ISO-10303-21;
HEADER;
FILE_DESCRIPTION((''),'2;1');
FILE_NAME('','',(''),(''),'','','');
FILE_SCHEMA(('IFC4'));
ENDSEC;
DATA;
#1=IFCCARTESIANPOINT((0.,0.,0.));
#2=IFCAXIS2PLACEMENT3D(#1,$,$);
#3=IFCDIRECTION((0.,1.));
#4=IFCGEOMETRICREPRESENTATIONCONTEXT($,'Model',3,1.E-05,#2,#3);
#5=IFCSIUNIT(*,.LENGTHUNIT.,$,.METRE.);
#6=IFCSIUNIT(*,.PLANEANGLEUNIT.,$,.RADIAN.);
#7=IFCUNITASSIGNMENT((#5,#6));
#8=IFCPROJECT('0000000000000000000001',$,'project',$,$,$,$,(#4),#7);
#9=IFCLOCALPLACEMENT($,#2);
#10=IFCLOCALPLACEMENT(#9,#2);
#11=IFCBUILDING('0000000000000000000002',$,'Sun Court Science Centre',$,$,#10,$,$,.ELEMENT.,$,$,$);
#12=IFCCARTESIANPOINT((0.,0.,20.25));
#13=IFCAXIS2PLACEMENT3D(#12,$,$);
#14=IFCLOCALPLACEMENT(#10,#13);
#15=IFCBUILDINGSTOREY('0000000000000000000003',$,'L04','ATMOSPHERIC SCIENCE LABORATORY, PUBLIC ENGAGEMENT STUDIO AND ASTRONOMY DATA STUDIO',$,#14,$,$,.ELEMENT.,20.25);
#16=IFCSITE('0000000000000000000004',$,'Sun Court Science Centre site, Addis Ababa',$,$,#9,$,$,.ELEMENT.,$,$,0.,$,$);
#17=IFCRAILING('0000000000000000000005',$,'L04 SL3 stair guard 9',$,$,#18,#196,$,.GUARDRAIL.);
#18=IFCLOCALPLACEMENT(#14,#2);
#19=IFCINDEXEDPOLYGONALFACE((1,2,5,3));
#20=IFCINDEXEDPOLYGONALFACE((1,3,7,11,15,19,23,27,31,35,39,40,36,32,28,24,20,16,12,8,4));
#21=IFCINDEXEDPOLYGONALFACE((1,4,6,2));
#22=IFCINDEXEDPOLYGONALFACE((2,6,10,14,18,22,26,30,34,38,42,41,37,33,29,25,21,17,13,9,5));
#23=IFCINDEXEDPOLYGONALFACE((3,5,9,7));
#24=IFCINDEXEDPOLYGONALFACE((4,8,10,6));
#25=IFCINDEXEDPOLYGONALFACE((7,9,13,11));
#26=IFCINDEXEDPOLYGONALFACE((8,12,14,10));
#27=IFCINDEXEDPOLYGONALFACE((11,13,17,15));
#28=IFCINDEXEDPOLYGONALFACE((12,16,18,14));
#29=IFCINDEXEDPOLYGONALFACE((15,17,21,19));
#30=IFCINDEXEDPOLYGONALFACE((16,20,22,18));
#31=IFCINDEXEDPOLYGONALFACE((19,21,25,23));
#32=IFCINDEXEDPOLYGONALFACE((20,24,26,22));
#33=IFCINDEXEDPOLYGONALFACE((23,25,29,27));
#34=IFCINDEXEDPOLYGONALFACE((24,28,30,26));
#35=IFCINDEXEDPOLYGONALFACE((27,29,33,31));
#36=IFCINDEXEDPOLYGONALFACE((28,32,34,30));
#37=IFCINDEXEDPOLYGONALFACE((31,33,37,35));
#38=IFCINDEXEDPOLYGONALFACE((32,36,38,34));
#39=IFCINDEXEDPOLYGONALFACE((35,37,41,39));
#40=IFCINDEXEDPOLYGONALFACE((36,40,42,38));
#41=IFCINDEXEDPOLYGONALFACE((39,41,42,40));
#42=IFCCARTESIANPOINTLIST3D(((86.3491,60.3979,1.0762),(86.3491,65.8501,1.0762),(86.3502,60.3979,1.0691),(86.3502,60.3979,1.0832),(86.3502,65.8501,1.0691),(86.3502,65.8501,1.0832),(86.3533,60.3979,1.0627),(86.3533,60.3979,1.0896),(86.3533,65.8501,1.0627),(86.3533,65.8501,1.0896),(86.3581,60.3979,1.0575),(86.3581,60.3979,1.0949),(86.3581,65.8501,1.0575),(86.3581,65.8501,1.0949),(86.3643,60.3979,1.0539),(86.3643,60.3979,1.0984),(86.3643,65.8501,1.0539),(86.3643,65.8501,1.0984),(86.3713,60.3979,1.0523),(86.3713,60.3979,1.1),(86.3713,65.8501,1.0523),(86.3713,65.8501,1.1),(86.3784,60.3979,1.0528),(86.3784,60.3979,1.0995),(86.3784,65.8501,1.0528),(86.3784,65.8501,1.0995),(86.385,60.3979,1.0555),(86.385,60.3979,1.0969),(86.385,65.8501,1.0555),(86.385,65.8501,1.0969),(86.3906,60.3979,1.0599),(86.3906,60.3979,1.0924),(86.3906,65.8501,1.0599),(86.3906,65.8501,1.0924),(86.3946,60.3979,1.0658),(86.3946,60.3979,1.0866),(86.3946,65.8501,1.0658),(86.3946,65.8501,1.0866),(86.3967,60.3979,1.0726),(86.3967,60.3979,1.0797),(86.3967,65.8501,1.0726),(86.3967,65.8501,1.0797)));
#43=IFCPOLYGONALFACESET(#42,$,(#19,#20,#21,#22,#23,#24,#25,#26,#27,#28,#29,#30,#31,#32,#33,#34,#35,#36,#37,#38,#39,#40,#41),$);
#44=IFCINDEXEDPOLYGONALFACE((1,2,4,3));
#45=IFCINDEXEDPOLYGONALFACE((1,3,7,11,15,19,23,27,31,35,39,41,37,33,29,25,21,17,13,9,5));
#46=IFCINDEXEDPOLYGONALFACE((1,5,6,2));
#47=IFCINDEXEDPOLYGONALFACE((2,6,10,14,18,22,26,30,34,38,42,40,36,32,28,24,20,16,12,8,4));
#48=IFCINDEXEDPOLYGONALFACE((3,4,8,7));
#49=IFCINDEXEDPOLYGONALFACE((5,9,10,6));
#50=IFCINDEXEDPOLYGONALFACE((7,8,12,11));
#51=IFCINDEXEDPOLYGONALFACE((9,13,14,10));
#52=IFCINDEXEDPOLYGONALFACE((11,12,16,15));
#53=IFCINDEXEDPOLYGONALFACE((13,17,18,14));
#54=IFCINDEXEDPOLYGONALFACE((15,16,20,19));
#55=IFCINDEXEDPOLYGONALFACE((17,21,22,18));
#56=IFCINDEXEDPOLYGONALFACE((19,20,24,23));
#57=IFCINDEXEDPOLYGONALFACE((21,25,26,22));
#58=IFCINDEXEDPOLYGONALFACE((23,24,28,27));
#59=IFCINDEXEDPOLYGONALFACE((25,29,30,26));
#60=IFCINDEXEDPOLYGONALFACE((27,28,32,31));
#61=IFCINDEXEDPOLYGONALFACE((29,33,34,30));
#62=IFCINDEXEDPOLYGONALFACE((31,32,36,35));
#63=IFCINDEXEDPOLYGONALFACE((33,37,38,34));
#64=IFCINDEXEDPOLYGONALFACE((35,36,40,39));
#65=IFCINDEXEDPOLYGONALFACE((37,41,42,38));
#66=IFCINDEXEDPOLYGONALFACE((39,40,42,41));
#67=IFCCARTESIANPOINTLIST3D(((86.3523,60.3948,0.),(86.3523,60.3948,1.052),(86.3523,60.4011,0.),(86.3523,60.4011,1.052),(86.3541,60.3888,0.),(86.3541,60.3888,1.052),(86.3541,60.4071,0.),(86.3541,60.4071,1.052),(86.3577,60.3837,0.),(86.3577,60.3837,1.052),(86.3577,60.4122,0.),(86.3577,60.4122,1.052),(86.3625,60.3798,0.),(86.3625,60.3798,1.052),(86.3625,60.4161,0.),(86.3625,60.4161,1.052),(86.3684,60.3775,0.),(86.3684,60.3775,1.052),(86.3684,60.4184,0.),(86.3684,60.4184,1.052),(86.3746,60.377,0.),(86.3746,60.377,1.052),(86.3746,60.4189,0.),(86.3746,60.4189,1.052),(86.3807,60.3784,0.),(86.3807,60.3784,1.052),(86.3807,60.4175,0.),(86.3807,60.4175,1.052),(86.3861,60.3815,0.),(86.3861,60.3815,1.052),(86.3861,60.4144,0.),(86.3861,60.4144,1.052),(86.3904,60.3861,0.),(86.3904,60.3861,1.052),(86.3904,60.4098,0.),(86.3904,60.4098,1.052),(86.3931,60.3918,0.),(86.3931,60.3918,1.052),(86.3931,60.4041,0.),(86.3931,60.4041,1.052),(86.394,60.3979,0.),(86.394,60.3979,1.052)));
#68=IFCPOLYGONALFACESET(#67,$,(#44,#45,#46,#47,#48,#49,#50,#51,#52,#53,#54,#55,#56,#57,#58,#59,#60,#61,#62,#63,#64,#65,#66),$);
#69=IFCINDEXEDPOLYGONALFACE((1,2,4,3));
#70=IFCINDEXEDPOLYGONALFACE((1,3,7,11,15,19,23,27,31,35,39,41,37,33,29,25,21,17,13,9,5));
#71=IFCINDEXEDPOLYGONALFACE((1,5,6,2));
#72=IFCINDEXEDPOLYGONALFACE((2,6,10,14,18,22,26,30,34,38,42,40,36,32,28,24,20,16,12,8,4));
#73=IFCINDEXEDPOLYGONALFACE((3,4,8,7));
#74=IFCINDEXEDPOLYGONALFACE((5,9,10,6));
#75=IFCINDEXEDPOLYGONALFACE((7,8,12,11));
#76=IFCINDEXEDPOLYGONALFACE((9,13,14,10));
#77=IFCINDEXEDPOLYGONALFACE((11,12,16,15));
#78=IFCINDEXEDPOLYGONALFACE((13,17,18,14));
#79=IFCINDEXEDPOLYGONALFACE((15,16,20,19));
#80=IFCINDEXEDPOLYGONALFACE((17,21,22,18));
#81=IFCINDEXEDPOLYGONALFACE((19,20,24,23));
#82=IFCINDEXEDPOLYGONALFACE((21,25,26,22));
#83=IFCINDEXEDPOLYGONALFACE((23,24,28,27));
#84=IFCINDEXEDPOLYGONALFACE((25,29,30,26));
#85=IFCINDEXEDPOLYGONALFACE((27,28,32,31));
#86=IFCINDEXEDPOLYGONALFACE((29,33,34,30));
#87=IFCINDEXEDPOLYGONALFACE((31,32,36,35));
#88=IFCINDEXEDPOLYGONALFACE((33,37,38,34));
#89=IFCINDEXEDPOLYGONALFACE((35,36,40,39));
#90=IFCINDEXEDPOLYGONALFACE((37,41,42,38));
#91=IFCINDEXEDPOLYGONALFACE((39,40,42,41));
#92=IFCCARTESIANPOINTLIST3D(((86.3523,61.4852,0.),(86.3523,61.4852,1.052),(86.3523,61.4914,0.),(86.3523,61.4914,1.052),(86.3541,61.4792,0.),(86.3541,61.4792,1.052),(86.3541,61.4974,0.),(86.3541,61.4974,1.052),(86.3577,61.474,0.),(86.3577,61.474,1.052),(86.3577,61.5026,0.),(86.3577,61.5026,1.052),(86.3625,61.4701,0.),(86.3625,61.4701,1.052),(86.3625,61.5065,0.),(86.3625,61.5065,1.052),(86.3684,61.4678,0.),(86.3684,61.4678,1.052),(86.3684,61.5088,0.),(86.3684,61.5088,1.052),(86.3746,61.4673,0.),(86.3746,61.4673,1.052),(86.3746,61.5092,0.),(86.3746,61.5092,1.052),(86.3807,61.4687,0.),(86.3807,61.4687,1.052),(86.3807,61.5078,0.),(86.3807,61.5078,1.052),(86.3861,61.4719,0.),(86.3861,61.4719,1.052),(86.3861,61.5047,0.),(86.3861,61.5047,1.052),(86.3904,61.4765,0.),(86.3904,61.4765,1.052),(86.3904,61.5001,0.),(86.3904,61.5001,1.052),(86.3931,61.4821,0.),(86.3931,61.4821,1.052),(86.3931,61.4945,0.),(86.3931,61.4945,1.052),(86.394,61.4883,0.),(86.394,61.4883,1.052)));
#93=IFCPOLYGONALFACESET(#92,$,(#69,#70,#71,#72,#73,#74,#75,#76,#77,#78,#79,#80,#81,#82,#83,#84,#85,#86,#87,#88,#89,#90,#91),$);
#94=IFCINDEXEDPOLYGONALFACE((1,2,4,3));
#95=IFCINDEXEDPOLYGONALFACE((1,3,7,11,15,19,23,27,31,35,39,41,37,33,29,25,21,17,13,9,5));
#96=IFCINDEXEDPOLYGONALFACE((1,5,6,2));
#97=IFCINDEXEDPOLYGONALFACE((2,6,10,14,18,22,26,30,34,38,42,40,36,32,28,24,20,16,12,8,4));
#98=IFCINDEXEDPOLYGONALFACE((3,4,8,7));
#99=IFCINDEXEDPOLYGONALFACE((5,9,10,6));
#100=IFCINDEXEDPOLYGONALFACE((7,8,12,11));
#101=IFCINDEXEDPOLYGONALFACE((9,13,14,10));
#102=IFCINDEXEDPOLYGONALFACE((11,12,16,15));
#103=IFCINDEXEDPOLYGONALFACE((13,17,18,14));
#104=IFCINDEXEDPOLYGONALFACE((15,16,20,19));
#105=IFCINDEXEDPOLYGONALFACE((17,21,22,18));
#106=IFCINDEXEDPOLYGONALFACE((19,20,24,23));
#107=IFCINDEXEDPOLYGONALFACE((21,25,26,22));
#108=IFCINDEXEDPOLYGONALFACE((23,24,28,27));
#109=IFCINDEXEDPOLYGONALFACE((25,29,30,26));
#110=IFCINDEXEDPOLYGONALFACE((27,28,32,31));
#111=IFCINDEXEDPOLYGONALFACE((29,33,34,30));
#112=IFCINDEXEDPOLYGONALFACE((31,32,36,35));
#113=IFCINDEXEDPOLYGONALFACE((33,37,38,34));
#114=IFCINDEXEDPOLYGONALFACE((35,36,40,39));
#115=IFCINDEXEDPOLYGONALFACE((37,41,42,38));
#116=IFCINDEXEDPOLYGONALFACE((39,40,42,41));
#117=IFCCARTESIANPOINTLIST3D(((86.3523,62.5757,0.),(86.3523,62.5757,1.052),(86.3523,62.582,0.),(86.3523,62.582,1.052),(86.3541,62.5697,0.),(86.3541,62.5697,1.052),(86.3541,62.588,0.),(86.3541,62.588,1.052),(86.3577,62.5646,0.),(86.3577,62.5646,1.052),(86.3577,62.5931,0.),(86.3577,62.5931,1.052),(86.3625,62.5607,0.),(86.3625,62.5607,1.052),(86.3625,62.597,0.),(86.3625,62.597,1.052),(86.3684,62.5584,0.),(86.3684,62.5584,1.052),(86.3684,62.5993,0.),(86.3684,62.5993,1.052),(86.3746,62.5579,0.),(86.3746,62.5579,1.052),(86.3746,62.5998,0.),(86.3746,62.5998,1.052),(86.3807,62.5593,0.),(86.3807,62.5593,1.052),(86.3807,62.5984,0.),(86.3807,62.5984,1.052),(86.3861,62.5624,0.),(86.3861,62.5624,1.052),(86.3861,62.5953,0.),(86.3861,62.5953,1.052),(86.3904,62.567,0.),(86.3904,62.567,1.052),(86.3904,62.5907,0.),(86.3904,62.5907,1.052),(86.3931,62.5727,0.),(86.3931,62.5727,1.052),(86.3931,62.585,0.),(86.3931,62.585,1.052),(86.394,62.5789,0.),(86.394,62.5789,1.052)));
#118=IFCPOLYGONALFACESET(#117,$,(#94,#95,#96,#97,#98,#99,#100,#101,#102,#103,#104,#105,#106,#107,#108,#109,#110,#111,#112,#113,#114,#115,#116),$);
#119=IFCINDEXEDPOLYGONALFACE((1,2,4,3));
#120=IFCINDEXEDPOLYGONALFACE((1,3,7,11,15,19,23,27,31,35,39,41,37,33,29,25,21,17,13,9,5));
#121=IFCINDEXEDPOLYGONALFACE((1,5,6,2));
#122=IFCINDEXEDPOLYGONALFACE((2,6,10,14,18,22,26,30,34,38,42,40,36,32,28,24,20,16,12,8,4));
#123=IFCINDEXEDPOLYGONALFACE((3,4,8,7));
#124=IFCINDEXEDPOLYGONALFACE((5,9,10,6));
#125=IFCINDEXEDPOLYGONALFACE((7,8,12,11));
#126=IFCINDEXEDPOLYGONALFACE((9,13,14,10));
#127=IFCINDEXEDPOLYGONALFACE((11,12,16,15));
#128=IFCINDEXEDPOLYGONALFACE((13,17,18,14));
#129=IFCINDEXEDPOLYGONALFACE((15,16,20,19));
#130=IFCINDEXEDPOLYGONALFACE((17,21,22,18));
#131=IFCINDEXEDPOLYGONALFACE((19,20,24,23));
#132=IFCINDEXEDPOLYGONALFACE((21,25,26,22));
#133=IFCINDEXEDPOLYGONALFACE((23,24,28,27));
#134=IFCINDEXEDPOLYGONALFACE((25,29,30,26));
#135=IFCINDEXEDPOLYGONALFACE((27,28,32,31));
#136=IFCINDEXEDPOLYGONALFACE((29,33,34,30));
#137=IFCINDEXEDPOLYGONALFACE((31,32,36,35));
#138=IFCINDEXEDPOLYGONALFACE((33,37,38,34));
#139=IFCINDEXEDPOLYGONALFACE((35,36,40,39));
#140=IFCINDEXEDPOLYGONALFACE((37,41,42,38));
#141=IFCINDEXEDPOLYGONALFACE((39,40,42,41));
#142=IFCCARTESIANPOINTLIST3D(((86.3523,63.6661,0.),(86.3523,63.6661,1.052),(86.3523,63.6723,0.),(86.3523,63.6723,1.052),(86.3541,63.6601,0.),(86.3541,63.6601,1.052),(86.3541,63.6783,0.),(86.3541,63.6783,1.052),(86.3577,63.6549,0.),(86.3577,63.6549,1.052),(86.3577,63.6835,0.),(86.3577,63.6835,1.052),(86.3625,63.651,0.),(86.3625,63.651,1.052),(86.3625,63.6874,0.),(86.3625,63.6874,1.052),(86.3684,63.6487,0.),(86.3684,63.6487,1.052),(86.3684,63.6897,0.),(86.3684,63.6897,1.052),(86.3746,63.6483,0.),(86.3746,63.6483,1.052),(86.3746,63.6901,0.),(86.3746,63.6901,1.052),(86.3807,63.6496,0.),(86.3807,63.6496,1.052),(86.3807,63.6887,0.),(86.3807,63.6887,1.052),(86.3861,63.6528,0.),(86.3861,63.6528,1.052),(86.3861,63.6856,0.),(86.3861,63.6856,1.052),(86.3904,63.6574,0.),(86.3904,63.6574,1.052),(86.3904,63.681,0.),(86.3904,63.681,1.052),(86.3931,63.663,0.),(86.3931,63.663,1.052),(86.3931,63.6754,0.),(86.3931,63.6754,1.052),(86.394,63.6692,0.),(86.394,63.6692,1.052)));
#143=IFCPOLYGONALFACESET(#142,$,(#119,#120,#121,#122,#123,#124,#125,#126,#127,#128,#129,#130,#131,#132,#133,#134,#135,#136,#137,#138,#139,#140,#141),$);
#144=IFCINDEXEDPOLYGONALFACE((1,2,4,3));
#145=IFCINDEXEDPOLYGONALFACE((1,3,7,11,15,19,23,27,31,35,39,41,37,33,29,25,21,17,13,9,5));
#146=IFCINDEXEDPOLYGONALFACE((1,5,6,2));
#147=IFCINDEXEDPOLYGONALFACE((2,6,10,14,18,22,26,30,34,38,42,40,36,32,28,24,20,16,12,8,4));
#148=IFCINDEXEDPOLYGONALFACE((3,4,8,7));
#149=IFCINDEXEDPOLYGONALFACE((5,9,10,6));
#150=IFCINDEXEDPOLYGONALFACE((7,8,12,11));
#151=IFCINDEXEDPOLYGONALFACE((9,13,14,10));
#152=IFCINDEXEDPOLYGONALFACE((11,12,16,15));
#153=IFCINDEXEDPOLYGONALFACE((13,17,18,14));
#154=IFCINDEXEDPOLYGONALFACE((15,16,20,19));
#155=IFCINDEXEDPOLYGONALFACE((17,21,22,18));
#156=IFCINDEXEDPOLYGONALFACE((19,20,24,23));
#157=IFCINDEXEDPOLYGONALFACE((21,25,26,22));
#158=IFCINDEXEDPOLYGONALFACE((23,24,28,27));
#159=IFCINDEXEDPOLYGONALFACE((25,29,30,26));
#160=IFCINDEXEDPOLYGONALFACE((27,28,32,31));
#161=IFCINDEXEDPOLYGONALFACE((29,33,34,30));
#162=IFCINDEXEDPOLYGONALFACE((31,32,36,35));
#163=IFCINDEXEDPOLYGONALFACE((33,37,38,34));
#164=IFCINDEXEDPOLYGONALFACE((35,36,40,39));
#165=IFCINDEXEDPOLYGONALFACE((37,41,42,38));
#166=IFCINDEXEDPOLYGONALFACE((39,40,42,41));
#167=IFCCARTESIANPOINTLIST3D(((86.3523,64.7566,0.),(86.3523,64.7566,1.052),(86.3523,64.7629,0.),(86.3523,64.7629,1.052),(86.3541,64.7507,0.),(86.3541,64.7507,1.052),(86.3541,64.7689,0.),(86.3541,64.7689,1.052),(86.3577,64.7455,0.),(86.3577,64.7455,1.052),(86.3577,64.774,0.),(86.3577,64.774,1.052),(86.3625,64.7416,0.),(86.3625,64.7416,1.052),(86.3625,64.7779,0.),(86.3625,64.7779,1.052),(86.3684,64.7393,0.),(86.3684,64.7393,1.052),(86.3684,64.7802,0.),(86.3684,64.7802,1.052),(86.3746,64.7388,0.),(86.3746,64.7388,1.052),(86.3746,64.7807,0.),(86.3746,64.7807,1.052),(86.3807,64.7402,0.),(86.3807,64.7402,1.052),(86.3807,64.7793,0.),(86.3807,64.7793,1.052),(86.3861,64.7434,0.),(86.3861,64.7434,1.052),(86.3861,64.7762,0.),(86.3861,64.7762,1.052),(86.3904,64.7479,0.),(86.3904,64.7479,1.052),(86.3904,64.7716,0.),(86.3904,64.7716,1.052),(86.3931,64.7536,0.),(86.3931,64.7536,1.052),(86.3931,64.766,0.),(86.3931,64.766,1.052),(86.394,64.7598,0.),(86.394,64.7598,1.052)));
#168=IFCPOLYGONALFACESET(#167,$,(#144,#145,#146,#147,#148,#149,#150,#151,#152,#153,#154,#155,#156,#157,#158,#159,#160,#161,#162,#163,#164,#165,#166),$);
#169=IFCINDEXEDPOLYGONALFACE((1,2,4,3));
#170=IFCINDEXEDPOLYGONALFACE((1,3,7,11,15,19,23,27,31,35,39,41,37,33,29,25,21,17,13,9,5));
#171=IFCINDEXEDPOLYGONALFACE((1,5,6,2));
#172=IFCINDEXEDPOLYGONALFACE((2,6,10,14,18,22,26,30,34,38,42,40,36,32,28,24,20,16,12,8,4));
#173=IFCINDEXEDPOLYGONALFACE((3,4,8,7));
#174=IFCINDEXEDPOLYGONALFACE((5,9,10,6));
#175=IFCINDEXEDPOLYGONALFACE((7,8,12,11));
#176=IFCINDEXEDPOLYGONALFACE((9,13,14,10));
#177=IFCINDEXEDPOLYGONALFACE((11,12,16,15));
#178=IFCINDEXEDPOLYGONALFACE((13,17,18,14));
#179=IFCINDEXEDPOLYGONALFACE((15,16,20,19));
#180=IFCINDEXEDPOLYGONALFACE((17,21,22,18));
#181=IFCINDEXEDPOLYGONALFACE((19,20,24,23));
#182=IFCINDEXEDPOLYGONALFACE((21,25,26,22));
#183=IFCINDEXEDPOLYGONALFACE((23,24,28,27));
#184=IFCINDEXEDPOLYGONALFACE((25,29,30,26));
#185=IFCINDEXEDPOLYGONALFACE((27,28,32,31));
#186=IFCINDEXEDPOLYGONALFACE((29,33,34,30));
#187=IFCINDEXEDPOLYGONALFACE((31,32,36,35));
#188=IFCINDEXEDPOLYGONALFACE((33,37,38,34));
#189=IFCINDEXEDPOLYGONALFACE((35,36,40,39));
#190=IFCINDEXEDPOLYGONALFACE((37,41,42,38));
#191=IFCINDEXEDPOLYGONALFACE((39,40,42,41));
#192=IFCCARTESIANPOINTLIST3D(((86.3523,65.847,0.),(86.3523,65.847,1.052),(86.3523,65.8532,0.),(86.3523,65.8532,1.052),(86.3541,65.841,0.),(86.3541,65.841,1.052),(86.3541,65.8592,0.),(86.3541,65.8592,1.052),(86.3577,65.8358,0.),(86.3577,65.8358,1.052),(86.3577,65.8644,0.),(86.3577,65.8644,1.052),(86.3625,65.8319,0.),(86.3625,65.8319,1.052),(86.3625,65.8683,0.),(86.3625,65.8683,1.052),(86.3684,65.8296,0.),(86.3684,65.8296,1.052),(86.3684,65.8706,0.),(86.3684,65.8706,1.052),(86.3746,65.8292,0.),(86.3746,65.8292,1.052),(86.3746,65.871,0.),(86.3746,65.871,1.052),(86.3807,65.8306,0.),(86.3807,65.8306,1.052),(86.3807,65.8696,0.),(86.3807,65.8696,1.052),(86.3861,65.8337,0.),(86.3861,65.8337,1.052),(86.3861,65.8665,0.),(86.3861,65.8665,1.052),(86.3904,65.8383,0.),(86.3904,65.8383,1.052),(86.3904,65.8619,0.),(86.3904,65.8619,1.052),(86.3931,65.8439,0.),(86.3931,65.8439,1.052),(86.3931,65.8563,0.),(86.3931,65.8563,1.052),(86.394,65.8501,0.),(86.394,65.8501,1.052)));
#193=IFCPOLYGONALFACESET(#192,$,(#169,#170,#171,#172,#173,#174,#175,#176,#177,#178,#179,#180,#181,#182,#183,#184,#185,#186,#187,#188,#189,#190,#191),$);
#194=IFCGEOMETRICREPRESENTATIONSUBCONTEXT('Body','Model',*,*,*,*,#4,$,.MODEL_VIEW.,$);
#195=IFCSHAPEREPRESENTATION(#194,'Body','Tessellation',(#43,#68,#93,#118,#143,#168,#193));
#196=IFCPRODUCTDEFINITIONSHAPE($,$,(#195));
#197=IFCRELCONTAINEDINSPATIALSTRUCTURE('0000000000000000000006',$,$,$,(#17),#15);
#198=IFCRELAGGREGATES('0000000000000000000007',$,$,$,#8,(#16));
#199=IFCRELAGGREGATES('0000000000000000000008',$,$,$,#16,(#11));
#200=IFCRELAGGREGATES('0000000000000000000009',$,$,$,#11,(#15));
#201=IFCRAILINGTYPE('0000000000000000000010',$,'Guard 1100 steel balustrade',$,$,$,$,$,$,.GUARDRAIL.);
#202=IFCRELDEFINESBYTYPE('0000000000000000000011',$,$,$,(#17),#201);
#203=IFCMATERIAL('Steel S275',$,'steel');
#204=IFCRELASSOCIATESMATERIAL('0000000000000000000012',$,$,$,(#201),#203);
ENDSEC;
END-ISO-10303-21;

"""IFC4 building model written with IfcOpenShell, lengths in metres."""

from ifc_helpers import new_model, si_unit, direction, frame, origin, origin_2d, place, context, subcontext, project, spatial, circle, extrude, material, type_object, element, save


model = new_model("IFC4")

# Units and contexts
model_context = context("Model", 3, precision=1e-05, world=origin(), true_north=direction((0.0, 1.0)))
body_context = subcontext(model_context, "Body", "Model", "MODEL_VIEW")
ifc_project = project(units=[si_unit("LENGTHUNIT", "METRE"), si_unit("PLANEANGLEUNIT", "RADIAN")], contexts=[model_context])

# Site, building, storey
site_placement = place(None, origin())
site = spatial("IfcSite", under=ifc_project, at=site_placement, Name="Sun Court Science Centre site, Addis Ababa", CompositionType="ELEMENT", RefElevation=0.0)
building_placement = place(site_placement, origin())
building = spatial("IfcBuilding", under=site, at=building_placement, Name="Sun Court Science Centre", CompositionType="ELEMENT")
storey_placement = place(building_placement, frame((0.0, 0.0, 20.25)))
storey = spatial("IfcBuildingStorey", under=building, at=storey_placement, Name="L04", Description="ATMOSPHERIC SCIENCE LABORATORY, PUBLIC ENGAGEMENT STUDIO AND ASTRONOMY DATA STUDIO", CompositionType="ELEMENT", Elevation=20.25)

# Railing
ifc_material_1 = material(Name="Steel S275", Category="steel")
railing_type = type_object("IfcRailingType", Name="Guard 1100 steel balustrade", PredefinedType="GUARDRAIL", material=ifc_material_1)
railing_placement = place(storey_placement, frame((86.373, 60.3979, 0.0)))
element("IfcRailing", 1, at=railing_placement, inside=storey, type_object=railing_type, Name="L04 SL3 stair guard 9", PredefinedType="GUARDRAIL", context=body_context, shape_type="SweptSolid", body=[
    extrude(circle(Radius=0.0239, at=origin_2d()), frame((0.0, 0.0, 1.0762), z_axis=(0.0, 1.0, 0.0), x_axis=(-1.0, 0.0, 0.0)), (0.0, 0.0, 1.0), 5.4521),
    extrude(circle(Radius=0.021, at=origin_2d()), origin(), (0.0, 0.0, 1.0), 1.052),
    extrude(circle(Radius=0.021, at=origin_2d()), frame((0.0, 1.0903, 0.0)), (0.0, 0.0, 1.0), 1.052),
    extrude(circle(Radius=0.021, at=origin_2d()), frame((0.0, 2.1809, 0.0)), (0.0, 0.0, 1.0), 1.052),
    extrude(circle(Radius=0.021, at=origin_2d()), frame((0.0, 3.2712, 0.0)), (0.0, 0.0, 1.0), 1.052),
    extrude(circle(Radius=0.021, at=origin_2d()), frame((0.0, 4.3618, 0.0)), (0.0, 0.0, 1.0), 1.052),
    extrude(circle(Radius=0.021, at=origin_2d()), frame((0.0, 5.4521, 0.0)), (0.0, 0.0, 1.0), 1.052),
])

save(model, "model.ifc")
